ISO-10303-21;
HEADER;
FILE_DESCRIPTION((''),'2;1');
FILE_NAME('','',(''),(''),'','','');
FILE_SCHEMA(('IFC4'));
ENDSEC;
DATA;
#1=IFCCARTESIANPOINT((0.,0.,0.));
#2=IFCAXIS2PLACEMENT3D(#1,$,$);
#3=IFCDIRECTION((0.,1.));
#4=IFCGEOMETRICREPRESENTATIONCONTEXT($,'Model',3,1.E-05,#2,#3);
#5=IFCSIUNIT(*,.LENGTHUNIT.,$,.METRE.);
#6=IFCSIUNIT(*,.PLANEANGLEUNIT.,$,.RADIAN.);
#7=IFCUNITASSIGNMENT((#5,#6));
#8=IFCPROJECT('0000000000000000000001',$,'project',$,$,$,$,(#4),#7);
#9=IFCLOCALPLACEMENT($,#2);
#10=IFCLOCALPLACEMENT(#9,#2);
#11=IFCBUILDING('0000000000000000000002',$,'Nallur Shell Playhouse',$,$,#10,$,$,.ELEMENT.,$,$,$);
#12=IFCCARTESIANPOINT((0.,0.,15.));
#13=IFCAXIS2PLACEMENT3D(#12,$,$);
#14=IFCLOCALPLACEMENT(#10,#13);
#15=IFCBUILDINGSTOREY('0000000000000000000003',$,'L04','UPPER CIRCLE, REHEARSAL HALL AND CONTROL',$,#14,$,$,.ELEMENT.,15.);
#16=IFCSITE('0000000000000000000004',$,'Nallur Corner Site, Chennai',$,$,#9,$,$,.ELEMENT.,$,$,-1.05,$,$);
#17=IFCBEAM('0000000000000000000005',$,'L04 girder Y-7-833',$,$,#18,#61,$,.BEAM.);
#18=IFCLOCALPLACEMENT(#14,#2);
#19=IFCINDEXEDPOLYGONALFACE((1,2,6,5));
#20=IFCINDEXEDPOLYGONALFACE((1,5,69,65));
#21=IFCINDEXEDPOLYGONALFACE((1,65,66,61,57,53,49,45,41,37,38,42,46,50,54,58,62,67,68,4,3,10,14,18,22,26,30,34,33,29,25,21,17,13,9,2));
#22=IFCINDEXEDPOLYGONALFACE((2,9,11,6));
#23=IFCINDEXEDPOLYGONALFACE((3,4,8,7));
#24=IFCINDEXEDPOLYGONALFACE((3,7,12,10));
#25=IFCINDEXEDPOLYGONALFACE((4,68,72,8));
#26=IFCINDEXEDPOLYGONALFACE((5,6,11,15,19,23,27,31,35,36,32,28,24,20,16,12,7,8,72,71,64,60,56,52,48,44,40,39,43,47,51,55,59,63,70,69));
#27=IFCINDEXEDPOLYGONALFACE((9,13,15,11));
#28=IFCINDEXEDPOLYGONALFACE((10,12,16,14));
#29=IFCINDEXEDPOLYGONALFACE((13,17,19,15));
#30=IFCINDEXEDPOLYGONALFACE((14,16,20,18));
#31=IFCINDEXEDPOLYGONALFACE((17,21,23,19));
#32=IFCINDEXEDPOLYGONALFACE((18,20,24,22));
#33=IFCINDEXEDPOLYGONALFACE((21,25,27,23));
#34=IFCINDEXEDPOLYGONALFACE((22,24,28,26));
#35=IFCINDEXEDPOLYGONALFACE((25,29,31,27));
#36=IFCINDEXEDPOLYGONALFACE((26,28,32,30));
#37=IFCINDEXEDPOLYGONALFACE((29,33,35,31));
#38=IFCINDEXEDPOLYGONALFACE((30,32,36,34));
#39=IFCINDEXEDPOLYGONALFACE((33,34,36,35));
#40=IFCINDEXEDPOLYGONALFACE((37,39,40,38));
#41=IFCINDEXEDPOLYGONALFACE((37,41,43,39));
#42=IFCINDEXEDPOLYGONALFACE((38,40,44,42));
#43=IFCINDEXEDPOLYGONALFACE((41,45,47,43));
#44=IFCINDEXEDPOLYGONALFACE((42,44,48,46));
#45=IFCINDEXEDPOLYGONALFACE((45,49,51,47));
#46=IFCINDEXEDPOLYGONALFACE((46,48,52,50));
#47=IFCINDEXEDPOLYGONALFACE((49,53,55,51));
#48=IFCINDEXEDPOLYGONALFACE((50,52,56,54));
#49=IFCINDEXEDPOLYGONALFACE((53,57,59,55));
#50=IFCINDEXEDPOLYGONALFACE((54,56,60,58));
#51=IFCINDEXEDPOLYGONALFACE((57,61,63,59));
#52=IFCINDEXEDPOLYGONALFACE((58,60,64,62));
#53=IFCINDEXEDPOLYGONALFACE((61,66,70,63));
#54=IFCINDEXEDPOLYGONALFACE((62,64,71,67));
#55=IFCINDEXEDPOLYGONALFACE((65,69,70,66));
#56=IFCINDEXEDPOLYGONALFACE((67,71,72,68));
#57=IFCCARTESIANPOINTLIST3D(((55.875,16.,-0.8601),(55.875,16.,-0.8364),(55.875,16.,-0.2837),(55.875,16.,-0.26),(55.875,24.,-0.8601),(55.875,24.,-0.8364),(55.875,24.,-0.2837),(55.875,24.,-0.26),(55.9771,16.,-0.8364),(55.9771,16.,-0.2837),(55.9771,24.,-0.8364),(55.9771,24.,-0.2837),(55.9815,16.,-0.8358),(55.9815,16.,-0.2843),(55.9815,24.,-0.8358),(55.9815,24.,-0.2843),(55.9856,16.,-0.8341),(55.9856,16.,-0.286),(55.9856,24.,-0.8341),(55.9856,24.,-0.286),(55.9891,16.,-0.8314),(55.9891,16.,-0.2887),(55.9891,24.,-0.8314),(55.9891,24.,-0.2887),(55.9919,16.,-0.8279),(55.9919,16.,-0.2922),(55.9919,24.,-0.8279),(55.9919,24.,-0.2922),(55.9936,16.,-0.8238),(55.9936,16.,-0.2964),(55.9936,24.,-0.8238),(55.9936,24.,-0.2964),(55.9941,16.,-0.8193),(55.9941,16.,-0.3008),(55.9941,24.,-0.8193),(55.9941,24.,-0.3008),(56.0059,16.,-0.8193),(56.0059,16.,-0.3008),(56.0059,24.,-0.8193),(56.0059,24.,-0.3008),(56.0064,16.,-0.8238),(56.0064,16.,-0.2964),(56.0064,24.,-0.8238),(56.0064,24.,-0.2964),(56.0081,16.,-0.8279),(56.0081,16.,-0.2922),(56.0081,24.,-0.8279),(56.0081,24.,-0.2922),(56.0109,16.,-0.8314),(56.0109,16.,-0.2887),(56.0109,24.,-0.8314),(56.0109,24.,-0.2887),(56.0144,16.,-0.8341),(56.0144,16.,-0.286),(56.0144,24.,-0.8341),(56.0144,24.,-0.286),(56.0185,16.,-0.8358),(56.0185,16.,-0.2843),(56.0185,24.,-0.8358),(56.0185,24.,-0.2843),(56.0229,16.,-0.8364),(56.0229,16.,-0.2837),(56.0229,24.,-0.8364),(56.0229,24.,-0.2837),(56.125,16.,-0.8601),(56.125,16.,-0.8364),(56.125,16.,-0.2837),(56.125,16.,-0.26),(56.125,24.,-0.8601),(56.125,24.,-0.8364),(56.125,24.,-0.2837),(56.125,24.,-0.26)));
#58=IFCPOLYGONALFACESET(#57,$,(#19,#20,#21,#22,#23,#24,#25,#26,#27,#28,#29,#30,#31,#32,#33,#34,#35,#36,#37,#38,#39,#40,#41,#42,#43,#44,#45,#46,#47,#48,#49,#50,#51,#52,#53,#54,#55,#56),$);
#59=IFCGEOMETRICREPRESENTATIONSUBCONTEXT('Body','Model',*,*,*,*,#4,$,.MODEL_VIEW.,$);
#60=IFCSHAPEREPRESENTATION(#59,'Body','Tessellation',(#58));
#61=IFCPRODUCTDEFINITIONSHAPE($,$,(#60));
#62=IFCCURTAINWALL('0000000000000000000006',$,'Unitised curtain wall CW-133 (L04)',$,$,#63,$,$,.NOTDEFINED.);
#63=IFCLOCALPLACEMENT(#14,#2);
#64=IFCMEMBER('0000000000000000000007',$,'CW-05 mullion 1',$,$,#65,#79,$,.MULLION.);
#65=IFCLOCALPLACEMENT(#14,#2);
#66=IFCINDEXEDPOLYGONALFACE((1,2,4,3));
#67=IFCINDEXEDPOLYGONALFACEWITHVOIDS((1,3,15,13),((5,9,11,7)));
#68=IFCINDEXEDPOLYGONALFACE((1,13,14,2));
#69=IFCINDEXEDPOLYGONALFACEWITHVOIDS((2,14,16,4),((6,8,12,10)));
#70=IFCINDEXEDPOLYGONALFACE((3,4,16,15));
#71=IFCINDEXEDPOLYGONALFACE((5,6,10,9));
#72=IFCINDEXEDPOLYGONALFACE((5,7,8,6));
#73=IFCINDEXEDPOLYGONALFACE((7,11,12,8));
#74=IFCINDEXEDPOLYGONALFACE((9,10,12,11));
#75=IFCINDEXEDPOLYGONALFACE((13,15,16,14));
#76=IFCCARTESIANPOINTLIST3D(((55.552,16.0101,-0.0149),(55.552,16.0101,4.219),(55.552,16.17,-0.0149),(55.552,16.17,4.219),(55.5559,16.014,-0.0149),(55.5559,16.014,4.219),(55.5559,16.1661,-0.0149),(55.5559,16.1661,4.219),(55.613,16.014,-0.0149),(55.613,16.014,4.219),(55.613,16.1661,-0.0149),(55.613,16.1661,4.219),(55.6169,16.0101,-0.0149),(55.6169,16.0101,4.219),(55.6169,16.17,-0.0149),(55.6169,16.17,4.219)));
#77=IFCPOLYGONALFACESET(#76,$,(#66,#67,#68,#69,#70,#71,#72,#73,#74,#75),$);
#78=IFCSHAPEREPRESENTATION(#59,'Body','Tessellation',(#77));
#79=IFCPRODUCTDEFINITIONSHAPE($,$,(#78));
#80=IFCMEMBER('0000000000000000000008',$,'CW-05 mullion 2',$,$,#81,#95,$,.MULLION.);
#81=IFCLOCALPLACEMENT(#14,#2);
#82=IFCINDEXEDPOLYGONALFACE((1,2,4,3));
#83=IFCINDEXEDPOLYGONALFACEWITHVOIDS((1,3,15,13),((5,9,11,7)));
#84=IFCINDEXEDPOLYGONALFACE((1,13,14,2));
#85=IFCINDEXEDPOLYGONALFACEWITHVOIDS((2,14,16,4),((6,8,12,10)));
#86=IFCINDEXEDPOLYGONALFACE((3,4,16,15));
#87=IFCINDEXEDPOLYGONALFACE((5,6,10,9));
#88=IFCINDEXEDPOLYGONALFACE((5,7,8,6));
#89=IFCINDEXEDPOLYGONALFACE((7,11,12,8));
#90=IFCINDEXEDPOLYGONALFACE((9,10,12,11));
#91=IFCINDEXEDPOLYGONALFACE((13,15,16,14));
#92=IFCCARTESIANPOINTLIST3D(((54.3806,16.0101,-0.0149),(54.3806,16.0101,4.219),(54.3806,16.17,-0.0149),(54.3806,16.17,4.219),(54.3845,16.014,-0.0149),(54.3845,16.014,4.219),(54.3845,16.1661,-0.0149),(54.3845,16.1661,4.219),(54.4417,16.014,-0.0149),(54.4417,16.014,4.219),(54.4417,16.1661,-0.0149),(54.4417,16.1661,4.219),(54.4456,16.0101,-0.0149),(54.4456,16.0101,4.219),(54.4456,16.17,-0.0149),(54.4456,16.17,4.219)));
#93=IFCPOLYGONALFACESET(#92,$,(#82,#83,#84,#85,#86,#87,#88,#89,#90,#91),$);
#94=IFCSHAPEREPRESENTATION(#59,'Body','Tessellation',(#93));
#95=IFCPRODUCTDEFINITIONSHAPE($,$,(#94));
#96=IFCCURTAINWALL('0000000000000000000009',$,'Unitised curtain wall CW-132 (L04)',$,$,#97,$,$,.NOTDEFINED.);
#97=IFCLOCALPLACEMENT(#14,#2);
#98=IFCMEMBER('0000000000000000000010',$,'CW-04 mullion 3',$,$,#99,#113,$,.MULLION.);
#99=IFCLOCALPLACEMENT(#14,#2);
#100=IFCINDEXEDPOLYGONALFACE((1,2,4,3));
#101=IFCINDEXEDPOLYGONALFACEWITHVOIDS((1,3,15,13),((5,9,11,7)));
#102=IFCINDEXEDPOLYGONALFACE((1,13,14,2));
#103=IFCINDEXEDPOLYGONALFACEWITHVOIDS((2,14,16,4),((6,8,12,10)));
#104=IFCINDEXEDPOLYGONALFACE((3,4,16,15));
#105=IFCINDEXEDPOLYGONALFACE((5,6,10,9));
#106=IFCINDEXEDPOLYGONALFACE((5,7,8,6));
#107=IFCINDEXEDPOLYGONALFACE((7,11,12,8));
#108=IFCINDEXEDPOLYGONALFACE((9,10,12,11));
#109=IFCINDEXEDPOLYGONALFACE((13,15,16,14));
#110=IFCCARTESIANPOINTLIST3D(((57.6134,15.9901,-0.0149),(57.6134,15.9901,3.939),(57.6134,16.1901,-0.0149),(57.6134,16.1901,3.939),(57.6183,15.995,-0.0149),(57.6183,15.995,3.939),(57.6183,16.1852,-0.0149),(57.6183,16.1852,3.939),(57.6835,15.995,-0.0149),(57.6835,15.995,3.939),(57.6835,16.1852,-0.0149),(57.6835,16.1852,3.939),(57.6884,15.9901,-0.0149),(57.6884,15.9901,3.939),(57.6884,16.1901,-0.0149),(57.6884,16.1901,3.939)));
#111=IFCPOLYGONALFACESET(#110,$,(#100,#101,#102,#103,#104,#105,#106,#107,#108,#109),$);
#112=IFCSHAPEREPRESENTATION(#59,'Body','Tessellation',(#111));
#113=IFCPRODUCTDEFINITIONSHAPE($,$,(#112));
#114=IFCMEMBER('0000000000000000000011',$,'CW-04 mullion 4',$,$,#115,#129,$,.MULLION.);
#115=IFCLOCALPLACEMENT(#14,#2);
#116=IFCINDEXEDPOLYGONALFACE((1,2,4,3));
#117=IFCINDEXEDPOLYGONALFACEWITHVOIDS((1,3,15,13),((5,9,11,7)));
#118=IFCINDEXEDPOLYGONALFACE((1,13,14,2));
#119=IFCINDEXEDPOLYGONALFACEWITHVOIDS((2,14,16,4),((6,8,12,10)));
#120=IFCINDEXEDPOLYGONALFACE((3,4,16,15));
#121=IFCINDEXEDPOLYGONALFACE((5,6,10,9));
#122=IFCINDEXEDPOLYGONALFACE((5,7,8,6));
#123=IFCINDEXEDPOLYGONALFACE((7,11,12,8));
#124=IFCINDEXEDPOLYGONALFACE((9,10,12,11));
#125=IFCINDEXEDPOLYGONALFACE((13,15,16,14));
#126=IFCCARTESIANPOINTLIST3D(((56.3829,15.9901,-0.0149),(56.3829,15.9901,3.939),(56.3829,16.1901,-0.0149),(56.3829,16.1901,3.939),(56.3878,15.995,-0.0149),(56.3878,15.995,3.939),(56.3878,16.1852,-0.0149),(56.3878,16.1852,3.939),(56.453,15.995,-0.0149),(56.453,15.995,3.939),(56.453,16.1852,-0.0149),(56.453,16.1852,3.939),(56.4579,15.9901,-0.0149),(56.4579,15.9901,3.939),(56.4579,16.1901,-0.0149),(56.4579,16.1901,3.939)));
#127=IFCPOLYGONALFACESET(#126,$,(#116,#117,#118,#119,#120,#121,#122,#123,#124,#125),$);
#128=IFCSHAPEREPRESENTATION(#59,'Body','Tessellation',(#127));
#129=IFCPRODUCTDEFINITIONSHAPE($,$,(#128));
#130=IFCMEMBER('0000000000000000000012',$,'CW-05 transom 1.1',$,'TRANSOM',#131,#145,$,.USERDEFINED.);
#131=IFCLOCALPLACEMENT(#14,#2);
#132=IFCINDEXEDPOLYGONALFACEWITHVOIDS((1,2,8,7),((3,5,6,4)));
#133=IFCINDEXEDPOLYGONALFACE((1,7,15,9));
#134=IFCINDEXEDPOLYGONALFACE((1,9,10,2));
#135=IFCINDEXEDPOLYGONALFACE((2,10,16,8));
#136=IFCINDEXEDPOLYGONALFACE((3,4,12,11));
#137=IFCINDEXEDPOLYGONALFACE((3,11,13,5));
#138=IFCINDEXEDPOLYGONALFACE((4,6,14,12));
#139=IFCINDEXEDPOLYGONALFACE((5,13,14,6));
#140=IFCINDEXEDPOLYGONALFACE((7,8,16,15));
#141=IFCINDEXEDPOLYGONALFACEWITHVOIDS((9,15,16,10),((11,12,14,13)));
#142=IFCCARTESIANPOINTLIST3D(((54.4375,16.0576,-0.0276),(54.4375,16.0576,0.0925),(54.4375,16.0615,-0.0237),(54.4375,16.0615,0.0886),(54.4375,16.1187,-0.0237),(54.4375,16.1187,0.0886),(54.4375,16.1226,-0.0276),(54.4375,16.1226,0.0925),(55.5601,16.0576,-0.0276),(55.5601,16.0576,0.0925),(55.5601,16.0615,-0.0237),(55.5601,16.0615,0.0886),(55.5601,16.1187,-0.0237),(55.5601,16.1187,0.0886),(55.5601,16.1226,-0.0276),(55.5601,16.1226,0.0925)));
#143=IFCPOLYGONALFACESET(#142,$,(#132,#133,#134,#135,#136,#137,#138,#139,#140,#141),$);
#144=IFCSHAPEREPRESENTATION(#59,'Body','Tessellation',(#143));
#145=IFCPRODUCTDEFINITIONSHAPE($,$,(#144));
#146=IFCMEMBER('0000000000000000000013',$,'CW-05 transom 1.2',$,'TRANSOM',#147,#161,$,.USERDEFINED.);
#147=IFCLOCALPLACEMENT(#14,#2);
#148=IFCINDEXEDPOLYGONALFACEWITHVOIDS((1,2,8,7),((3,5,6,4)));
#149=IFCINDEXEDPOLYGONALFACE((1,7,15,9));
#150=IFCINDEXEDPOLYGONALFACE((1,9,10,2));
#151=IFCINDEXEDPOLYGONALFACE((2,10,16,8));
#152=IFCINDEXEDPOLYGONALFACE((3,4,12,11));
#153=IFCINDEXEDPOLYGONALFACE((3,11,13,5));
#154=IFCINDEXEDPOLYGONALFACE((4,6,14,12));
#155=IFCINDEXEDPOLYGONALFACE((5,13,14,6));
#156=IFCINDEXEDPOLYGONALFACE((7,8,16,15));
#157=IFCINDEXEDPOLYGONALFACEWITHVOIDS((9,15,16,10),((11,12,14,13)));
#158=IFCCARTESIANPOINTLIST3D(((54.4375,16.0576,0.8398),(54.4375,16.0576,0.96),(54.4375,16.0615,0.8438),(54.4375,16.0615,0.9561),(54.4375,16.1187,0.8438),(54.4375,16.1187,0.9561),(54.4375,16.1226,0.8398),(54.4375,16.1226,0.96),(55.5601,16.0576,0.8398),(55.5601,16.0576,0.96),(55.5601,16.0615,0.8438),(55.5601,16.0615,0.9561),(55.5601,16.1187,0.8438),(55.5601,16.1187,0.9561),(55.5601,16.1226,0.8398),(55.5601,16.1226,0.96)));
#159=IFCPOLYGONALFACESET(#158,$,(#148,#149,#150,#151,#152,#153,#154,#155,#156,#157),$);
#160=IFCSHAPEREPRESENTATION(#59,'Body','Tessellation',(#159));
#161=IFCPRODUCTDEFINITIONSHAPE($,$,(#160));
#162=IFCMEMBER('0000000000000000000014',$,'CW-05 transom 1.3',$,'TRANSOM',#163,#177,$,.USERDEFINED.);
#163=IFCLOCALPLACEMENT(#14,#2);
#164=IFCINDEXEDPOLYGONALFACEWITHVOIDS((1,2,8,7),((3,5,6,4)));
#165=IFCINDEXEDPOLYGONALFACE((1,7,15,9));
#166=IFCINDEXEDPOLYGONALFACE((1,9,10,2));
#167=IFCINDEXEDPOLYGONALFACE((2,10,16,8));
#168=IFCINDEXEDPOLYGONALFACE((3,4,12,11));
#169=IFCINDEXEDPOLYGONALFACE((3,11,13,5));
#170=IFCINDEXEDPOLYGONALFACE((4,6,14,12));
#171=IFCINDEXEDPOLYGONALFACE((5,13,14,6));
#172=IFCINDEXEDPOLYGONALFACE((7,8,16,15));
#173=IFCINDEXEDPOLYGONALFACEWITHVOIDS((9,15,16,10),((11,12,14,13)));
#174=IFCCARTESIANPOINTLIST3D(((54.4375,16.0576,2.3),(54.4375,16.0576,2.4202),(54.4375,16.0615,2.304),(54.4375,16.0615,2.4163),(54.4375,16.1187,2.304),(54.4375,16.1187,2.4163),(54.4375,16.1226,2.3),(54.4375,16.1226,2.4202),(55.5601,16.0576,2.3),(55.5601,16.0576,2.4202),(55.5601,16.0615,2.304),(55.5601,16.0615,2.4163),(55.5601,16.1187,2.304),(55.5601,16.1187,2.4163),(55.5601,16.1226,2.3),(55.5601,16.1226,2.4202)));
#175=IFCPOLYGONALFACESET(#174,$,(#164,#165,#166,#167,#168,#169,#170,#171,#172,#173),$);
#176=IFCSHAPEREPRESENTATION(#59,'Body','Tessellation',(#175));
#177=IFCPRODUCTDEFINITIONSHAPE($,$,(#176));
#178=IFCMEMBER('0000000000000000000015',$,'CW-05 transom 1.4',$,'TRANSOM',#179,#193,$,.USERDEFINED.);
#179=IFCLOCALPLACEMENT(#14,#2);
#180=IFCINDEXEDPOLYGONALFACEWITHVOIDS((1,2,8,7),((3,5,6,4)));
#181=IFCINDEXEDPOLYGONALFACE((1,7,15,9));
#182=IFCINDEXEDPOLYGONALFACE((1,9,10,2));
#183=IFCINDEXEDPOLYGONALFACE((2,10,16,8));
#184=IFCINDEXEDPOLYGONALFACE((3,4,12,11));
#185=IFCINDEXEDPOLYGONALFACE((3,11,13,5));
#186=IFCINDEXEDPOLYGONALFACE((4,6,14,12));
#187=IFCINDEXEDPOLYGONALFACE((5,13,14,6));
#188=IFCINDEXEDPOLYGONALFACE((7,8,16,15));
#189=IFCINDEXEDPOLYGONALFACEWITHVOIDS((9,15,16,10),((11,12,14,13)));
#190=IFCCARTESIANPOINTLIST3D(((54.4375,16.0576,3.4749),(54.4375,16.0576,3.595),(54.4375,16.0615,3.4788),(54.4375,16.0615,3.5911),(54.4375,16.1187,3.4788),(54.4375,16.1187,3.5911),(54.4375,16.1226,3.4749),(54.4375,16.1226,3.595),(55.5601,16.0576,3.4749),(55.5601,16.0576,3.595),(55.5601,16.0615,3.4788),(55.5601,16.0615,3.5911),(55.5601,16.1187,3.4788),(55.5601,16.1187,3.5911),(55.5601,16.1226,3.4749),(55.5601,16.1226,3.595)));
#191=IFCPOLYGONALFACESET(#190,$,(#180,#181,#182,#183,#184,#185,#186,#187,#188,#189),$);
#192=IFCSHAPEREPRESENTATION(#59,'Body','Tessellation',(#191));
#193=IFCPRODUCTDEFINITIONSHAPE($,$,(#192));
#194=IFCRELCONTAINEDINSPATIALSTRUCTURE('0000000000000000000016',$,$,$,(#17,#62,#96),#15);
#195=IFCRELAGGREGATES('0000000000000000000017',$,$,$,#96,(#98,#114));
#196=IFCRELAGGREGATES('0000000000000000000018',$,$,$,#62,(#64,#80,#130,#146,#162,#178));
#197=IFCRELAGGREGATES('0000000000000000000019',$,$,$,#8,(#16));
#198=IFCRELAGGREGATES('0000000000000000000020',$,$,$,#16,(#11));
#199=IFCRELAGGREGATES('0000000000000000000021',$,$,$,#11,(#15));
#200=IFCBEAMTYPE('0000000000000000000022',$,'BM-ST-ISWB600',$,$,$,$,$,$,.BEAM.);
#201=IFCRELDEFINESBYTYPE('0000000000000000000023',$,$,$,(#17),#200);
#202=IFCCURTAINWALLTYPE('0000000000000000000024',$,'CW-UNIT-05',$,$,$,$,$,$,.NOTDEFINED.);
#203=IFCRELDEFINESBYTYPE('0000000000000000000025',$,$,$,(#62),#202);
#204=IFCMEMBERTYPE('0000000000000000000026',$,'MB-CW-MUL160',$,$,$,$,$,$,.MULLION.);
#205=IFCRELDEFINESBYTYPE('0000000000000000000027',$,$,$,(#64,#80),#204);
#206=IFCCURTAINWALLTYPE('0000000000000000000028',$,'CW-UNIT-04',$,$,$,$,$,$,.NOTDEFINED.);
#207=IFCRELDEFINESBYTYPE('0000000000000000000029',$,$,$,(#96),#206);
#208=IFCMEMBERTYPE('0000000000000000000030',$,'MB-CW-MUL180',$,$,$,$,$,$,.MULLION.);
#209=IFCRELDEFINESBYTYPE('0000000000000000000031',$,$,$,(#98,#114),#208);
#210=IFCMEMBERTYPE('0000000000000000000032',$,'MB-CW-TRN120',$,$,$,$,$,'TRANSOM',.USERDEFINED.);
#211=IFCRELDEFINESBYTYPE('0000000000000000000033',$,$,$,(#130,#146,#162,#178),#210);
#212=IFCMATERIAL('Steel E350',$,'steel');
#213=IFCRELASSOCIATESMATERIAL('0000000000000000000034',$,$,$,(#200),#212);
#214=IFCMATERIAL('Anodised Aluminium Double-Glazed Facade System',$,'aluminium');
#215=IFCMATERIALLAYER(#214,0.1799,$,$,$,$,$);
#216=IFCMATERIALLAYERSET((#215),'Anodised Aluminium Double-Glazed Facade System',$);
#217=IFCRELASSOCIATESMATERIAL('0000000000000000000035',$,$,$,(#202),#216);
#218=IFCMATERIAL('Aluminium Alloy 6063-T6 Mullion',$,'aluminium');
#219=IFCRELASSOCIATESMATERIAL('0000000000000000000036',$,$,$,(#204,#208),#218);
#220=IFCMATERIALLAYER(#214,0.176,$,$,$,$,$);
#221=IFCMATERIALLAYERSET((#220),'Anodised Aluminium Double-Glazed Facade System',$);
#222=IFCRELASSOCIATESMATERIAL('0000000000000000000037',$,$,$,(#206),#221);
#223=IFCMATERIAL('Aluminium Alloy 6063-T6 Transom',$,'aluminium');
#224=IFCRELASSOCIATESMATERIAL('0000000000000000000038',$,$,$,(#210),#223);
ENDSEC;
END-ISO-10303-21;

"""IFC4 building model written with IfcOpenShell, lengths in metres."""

from ifc_helpers import new_model, si_unit, direction, frame, origin, origin_2d, place, context, subcontext, project, spatial, hollow_rectangle, i_section, extrude, material, layer, layer_set, material_profile, profile_set, type_object, element, aggregate, save


model = new_model("IFC4")

# Units and contexts
model_context = context("Model", 3, precision=1e-05, world=origin(), true_north=direction((0.0, 1.0)))
body_context = subcontext(model_context, "Body", "Model", "MODEL_VIEW")
ifc_project = project(units=[si_unit("LENGTHUNIT", "METRE"), si_unit("PLANEANGLEUNIT", "RADIAN")], contexts=[model_context])

# Site, building, storey
site_placement = place(None, origin())
site = spatial("IfcSite", under=ifc_project, at=site_placement, Name="Nallur Corner Site, Chennai", CompositionType="ELEMENT", RefElevation=-1.05)
building_placement = place(site_placement, origin())
building = spatial("IfcBuilding", under=site, at=building_placement, Name="Nallur Shell Playhouse", CompositionType="ELEMENT")
storey_placement = place(building_placement, frame((0.0, 0.0, 15.0)))
storey = spatial("IfcBuildingStorey", under=building, at=storey_placement, Name="L04", Description="UPPER CIRCLE, REHEARSAL HALL AND CONTROL", CompositionType="ELEMENT", Elevation=15.0)

# Beam
ifc_material_1 = material(Name="Steel E350", Category="steel")
ifc_material_profile_1 = material_profile(ifc_material_1, i_section(OverallWidth=0.25, OverallDepth=0.6001, WebThickness=0.0117, FlangeThickness=0.0237, FilletRadius=0.0171, at=origin_2d()), Name="ISWB 600")
ifc_profile_set_1 = profile_set([ifc_material_profile_1], Name="Steel E350")
beam_type_1 = type_object("IfcBeamType", Name="BM-ST-ISWB600", PredefinedType="BEAM", material=ifc_profile_set_1)
beam_1_placement = place(storey_placement, frame((56.0, 16.0, -0.5601), z_axis=(0.0, 1.0, 0.0), x_axis=(-1.0, 0.0, 0.0)))
element("IfcBeam", 1, at=beam_1_placement, inside=storey, type_object=beam_type_1, Name="L04 girder Y-7-833", PredefinedType="BEAM", context=body_context, shape_type="SweptSolid", body=[
    extrude(i_section(OverallWidth=0.25, OverallDepth=0.6001, WebThickness=0.0117, FlangeThickness=0.0237, FilletRadius=0.0171, at=origin_2d()), origin(), (0.0, 0.0, 1.0), 8.0),
])

# Curtain walls, members
ifc_material_2 = material(Name="Anodised Aluminium Double-Glazed Facade System", Category="aluminium")
ifc_layer_1 = layer(ifc_material_2, 0.1799)
ifc_layer_set_1 = layer_set([ifc_layer_1], Name="Anodised Aluminium Double-Glazed Facade System")
curtain_wall_type_1 = type_object("IfcCurtainWallType", Name="CW-UNIT-05", PredefinedType="NOTDEFINED", material=ifc_layer_set_1)
curtain_wall_1_placement = place(storey_placement, origin())
curtain_wall_1 = element("IfcCurtainWall", 2, at=curtain_wall_1_placement, inside=storey, type_object=curtain_wall_type_1, Name="Unitised curtain wall CW-133 (L04)", PredefinedType="NOTDEFINED")
ifc_material_3 = material(Name="Aluminium Alloy 6063-T6 Mullion", Category="aluminium")
ifc_material_profile_2 = material_profile(ifc_material_3, hollow_rectangle(XDim=0.0649, YDim=0.1599, WallThickness=0.0039, at=origin_2d()), Name="ALU 65x160x4")
ifc_profile_set_2 = profile_set([ifc_material_profile_2], Name="Aluminium Alloy 6063-T6 Mullion")
member_type_1 = type_object("IfcMemberType", Name="MB-CW-MUL160", PredefinedType="MULLION", material=ifc_profile_set_2)
member_1_placement = place(storey_placement, frame((55.5845, 16.0901, -0.0149), z_axis=(0.0, 0.0, 1.0), x_axis=(-1.0, 0.0, 0.0)))
member_1 = element("IfcMember", 3, at=member_1_placement, type_object=member_type_1, Name="CW-05 mullion 1", PredefinedType="MULLION", context=body_context, shape_type="SweptSolid", body=[
    extrude(hollow_rectangle(XDim=0.0649, YDim=0.1599, WallThickness=0.0039, at=origin_2d()), origin(), (0.0, 0.0, 1.0), 4.2339),
])
member_2_placement = place(storey_placement, frame((54.4131, 16.0901, -0.0149), z_axis=(0.0, 0.0, 1.0), x_axis=(-1.0, 0.0, 0.0)))
member_2 = element("IfcMember", 4, at=member_2_placement, type_object=member_type_1, Name="CW-05 mullion 2", PredefinedType="MULLION", context=body_context, shape_type="SweptSolid", body=[
    extrude(hollow_rectangle(XDim=0.0649, YDim=0.1599, WallThickness=0.0039, at=origin_2d()), origin(), (0.0, 0.0, 1.0), 4.2339),
])
ifc_layer_2 = layer(ifc_material_2, 0.176)
ifc_layer_set_2 = layer_set([ifc_layer_2], Name="Anodised Aluminium Double-Glazed Facade System")
curtain_wall_type_2 = type_object("IfcCurtainWallType", Name="CW-UNIT-04", PredefinedType="NOTDEFINED", material=ifc_layer_set_2)
curtain_wall_2_placement = place(storey_placement, origin())
curtain_wall_2 = element("IfcCurtainWall", 5, at=curtain_wall_2_placement, inside=storey, type_object=curtain_wall_type_2, Name="Unitised curtain wall CW-132 (L04)", PredefinedType="NOTDEFINED")
ifc_material_profile_3 = material_profile(ifc_material_3, hollow_rectangle(XDim=0.075, YDim=0.2, WallThickness=0.0049, at=origin_2d()), Name="ALU 75x200x5")
ifc_profile_set_3 = profile_set([ifc_material_profile_3], Name="Aluminium Alloy 6063-T6 Mullion")
member_type_2 = type_object("IfcMemberType", Name="MB-CW-MUL180", PredefinedType="MULLION", material=ifc_profile_set_3)
member_3_placement = place(storey_placement, frame((57.6509, 16.0901, -0.0149), z_axis=(0.0, 0.0, 1.0), x_axis=(-1.0, 0.0, 0.0)))
member_3 = element("IfcMember", 6, at=member_3_placement, type_object=member_type_2, Name="CW-04 mullion 3", PredefinedType="MULLION", context=body_context, shape_type="SweptSolid", body=[
    extrude(hollow_rectangle(XDim=0.075, YDim=0.2, WallThickness=0.0049, at=origin_2d()), origin(), (0.0, 0.0, 1.0), 3.9539),
])
member_4_placement = place(storey_placement, frame((56.4204, 16.0901, -0.0149), z_axis=(0.0, 0.0, 1.0), x_axis=(-1.0, 0.0, 0.0)))
member_4 = element("IfcMember", 7, at=member_4_placement, type_object=member_type_2, Name="CW-04 mullion 4", PredefinedType="MULLION", context=body_context, shape_type="SweptSolid", body=[
    extrude(hollow_rectangle(XDim=0.075, YDim=0.2, WallThickness=0.0049, at=origin_2d()), origin(), (0.0, 0.0, 1.0), 3.9539),
])

# Members
ifc_material_4 = material(Name="Aluminium Alloy 6063-T6 Transom", Category="aluminium")
ifc_material_profile_4 = material_profile(ifc_material_4, hollow_rectangle(XDim=0.0649, YDim=0.1201, WallThickness=0.0039, at=origin_2d()), Name="ALU 65x120x4")
ifc_profile_set_4 = profile_set([ifc_material_profile_4], Name="Aluminium Alloy 6063-T6 Transom")
member_type_3 = type_object("IfcMemberType", Name="MB-CW-TRN120", ElementType="TRANSOM", PredefinedType="USERDEFINED", material=ifc_profile_set_4)
member_5_placement = place(storey_placement, frame((55.5601, 16.0901, 0.0325), z_axis=(-1.0, 0.0, 0.0), x_axis=(0.0, -1.0, 0.0)))
member_5 = element("IfcMember", 8, at=member_5_placement, type_object=member_type_3, Name="CW-05 transom 1.1", ObjectType="TRANSOM", PredefinedType="USERDEFINED", context=body_context, shape_type="SweptSolid", body=[
    extrude(hollow_rectangle(XDim=0.0649, YDim=0.1201, WallThickness=0.0039, at=origin_2d()), origin(), (0.0, 0.0, 1.0), 1.1226),
])
member_6_placement = place(storey_placement, frame((55.5601, 16.0901, 0.8999), z_axis=(-1.0, 0.0, 0.0), x_axis=(0.0, -1.0, 0.0)))
member_6 = element("IfcMember", 9, at=member_6_placement, type_object=member_type_3, Name="CW-05 transom 1.2", ObjectType="TRANSOM", PredefinedType="USERDEFINED", context=body_context, shape_type="SweptSolid", body=[
    extrude(hollow_rectangle(XDim=0.0649, YDim=0.1201, WallThickness=0.0039, at=origin_2d()), origin(), (0.0, 0.0, 1.0), 1.1226),
])
member_7_placement = place(storey_placement, frame((55.5601, 16.0901, 2.3601), z_axis=(-1.0, 0.0, 0.0), x_axis=(0.0, -1.0, 0.0)))
member_7 = element("IfcMember", 10, at=member_7_placement, type_object=member_type_3, Name="CW-05 transom 1.3", ObjectType="TRANSOM", PredefinedType="USERDEFINED", context=body_context, shape_type="SweptSolid", body=[
    extrude(hollow_rectangle(XDim=0.0649, YDim=0.1201, WallThickness=0.0039, at=origin_2d()), origin(), (0.0, 0.0, 1.0), 1.1226),
])
member_8_placement = place(storey_placement, frame((55.5601, 16.0901, 3.5349), z_axis=(-1.0, 0.0, 0.0), x_axis=(0.0, -1.0, 0.0)))
member_8 = element("IfcMember", 11, at=member_8_placement, type_object=member_type_3, Name="CW-05 transom 1.4", ObjectType="TRANSOM", PredefinedType="USERDEFINED", context=body_context, shape_type="SweptSolid", body=[
    extrude(hollow_rectangle(XDim=0.0649, YDim=0.1201, WallThickness=0.0039, at=origin_2d()), origin(), (0.0, 0.0, 1.0), 1.1226),
])

aggregate(curtain_wall_2, [member_3, member_4])
aggregate(curtain_wall_1, [member_1, member_2, member_5, member_6, member_7, member_8])

save(model, "model.ifc")
